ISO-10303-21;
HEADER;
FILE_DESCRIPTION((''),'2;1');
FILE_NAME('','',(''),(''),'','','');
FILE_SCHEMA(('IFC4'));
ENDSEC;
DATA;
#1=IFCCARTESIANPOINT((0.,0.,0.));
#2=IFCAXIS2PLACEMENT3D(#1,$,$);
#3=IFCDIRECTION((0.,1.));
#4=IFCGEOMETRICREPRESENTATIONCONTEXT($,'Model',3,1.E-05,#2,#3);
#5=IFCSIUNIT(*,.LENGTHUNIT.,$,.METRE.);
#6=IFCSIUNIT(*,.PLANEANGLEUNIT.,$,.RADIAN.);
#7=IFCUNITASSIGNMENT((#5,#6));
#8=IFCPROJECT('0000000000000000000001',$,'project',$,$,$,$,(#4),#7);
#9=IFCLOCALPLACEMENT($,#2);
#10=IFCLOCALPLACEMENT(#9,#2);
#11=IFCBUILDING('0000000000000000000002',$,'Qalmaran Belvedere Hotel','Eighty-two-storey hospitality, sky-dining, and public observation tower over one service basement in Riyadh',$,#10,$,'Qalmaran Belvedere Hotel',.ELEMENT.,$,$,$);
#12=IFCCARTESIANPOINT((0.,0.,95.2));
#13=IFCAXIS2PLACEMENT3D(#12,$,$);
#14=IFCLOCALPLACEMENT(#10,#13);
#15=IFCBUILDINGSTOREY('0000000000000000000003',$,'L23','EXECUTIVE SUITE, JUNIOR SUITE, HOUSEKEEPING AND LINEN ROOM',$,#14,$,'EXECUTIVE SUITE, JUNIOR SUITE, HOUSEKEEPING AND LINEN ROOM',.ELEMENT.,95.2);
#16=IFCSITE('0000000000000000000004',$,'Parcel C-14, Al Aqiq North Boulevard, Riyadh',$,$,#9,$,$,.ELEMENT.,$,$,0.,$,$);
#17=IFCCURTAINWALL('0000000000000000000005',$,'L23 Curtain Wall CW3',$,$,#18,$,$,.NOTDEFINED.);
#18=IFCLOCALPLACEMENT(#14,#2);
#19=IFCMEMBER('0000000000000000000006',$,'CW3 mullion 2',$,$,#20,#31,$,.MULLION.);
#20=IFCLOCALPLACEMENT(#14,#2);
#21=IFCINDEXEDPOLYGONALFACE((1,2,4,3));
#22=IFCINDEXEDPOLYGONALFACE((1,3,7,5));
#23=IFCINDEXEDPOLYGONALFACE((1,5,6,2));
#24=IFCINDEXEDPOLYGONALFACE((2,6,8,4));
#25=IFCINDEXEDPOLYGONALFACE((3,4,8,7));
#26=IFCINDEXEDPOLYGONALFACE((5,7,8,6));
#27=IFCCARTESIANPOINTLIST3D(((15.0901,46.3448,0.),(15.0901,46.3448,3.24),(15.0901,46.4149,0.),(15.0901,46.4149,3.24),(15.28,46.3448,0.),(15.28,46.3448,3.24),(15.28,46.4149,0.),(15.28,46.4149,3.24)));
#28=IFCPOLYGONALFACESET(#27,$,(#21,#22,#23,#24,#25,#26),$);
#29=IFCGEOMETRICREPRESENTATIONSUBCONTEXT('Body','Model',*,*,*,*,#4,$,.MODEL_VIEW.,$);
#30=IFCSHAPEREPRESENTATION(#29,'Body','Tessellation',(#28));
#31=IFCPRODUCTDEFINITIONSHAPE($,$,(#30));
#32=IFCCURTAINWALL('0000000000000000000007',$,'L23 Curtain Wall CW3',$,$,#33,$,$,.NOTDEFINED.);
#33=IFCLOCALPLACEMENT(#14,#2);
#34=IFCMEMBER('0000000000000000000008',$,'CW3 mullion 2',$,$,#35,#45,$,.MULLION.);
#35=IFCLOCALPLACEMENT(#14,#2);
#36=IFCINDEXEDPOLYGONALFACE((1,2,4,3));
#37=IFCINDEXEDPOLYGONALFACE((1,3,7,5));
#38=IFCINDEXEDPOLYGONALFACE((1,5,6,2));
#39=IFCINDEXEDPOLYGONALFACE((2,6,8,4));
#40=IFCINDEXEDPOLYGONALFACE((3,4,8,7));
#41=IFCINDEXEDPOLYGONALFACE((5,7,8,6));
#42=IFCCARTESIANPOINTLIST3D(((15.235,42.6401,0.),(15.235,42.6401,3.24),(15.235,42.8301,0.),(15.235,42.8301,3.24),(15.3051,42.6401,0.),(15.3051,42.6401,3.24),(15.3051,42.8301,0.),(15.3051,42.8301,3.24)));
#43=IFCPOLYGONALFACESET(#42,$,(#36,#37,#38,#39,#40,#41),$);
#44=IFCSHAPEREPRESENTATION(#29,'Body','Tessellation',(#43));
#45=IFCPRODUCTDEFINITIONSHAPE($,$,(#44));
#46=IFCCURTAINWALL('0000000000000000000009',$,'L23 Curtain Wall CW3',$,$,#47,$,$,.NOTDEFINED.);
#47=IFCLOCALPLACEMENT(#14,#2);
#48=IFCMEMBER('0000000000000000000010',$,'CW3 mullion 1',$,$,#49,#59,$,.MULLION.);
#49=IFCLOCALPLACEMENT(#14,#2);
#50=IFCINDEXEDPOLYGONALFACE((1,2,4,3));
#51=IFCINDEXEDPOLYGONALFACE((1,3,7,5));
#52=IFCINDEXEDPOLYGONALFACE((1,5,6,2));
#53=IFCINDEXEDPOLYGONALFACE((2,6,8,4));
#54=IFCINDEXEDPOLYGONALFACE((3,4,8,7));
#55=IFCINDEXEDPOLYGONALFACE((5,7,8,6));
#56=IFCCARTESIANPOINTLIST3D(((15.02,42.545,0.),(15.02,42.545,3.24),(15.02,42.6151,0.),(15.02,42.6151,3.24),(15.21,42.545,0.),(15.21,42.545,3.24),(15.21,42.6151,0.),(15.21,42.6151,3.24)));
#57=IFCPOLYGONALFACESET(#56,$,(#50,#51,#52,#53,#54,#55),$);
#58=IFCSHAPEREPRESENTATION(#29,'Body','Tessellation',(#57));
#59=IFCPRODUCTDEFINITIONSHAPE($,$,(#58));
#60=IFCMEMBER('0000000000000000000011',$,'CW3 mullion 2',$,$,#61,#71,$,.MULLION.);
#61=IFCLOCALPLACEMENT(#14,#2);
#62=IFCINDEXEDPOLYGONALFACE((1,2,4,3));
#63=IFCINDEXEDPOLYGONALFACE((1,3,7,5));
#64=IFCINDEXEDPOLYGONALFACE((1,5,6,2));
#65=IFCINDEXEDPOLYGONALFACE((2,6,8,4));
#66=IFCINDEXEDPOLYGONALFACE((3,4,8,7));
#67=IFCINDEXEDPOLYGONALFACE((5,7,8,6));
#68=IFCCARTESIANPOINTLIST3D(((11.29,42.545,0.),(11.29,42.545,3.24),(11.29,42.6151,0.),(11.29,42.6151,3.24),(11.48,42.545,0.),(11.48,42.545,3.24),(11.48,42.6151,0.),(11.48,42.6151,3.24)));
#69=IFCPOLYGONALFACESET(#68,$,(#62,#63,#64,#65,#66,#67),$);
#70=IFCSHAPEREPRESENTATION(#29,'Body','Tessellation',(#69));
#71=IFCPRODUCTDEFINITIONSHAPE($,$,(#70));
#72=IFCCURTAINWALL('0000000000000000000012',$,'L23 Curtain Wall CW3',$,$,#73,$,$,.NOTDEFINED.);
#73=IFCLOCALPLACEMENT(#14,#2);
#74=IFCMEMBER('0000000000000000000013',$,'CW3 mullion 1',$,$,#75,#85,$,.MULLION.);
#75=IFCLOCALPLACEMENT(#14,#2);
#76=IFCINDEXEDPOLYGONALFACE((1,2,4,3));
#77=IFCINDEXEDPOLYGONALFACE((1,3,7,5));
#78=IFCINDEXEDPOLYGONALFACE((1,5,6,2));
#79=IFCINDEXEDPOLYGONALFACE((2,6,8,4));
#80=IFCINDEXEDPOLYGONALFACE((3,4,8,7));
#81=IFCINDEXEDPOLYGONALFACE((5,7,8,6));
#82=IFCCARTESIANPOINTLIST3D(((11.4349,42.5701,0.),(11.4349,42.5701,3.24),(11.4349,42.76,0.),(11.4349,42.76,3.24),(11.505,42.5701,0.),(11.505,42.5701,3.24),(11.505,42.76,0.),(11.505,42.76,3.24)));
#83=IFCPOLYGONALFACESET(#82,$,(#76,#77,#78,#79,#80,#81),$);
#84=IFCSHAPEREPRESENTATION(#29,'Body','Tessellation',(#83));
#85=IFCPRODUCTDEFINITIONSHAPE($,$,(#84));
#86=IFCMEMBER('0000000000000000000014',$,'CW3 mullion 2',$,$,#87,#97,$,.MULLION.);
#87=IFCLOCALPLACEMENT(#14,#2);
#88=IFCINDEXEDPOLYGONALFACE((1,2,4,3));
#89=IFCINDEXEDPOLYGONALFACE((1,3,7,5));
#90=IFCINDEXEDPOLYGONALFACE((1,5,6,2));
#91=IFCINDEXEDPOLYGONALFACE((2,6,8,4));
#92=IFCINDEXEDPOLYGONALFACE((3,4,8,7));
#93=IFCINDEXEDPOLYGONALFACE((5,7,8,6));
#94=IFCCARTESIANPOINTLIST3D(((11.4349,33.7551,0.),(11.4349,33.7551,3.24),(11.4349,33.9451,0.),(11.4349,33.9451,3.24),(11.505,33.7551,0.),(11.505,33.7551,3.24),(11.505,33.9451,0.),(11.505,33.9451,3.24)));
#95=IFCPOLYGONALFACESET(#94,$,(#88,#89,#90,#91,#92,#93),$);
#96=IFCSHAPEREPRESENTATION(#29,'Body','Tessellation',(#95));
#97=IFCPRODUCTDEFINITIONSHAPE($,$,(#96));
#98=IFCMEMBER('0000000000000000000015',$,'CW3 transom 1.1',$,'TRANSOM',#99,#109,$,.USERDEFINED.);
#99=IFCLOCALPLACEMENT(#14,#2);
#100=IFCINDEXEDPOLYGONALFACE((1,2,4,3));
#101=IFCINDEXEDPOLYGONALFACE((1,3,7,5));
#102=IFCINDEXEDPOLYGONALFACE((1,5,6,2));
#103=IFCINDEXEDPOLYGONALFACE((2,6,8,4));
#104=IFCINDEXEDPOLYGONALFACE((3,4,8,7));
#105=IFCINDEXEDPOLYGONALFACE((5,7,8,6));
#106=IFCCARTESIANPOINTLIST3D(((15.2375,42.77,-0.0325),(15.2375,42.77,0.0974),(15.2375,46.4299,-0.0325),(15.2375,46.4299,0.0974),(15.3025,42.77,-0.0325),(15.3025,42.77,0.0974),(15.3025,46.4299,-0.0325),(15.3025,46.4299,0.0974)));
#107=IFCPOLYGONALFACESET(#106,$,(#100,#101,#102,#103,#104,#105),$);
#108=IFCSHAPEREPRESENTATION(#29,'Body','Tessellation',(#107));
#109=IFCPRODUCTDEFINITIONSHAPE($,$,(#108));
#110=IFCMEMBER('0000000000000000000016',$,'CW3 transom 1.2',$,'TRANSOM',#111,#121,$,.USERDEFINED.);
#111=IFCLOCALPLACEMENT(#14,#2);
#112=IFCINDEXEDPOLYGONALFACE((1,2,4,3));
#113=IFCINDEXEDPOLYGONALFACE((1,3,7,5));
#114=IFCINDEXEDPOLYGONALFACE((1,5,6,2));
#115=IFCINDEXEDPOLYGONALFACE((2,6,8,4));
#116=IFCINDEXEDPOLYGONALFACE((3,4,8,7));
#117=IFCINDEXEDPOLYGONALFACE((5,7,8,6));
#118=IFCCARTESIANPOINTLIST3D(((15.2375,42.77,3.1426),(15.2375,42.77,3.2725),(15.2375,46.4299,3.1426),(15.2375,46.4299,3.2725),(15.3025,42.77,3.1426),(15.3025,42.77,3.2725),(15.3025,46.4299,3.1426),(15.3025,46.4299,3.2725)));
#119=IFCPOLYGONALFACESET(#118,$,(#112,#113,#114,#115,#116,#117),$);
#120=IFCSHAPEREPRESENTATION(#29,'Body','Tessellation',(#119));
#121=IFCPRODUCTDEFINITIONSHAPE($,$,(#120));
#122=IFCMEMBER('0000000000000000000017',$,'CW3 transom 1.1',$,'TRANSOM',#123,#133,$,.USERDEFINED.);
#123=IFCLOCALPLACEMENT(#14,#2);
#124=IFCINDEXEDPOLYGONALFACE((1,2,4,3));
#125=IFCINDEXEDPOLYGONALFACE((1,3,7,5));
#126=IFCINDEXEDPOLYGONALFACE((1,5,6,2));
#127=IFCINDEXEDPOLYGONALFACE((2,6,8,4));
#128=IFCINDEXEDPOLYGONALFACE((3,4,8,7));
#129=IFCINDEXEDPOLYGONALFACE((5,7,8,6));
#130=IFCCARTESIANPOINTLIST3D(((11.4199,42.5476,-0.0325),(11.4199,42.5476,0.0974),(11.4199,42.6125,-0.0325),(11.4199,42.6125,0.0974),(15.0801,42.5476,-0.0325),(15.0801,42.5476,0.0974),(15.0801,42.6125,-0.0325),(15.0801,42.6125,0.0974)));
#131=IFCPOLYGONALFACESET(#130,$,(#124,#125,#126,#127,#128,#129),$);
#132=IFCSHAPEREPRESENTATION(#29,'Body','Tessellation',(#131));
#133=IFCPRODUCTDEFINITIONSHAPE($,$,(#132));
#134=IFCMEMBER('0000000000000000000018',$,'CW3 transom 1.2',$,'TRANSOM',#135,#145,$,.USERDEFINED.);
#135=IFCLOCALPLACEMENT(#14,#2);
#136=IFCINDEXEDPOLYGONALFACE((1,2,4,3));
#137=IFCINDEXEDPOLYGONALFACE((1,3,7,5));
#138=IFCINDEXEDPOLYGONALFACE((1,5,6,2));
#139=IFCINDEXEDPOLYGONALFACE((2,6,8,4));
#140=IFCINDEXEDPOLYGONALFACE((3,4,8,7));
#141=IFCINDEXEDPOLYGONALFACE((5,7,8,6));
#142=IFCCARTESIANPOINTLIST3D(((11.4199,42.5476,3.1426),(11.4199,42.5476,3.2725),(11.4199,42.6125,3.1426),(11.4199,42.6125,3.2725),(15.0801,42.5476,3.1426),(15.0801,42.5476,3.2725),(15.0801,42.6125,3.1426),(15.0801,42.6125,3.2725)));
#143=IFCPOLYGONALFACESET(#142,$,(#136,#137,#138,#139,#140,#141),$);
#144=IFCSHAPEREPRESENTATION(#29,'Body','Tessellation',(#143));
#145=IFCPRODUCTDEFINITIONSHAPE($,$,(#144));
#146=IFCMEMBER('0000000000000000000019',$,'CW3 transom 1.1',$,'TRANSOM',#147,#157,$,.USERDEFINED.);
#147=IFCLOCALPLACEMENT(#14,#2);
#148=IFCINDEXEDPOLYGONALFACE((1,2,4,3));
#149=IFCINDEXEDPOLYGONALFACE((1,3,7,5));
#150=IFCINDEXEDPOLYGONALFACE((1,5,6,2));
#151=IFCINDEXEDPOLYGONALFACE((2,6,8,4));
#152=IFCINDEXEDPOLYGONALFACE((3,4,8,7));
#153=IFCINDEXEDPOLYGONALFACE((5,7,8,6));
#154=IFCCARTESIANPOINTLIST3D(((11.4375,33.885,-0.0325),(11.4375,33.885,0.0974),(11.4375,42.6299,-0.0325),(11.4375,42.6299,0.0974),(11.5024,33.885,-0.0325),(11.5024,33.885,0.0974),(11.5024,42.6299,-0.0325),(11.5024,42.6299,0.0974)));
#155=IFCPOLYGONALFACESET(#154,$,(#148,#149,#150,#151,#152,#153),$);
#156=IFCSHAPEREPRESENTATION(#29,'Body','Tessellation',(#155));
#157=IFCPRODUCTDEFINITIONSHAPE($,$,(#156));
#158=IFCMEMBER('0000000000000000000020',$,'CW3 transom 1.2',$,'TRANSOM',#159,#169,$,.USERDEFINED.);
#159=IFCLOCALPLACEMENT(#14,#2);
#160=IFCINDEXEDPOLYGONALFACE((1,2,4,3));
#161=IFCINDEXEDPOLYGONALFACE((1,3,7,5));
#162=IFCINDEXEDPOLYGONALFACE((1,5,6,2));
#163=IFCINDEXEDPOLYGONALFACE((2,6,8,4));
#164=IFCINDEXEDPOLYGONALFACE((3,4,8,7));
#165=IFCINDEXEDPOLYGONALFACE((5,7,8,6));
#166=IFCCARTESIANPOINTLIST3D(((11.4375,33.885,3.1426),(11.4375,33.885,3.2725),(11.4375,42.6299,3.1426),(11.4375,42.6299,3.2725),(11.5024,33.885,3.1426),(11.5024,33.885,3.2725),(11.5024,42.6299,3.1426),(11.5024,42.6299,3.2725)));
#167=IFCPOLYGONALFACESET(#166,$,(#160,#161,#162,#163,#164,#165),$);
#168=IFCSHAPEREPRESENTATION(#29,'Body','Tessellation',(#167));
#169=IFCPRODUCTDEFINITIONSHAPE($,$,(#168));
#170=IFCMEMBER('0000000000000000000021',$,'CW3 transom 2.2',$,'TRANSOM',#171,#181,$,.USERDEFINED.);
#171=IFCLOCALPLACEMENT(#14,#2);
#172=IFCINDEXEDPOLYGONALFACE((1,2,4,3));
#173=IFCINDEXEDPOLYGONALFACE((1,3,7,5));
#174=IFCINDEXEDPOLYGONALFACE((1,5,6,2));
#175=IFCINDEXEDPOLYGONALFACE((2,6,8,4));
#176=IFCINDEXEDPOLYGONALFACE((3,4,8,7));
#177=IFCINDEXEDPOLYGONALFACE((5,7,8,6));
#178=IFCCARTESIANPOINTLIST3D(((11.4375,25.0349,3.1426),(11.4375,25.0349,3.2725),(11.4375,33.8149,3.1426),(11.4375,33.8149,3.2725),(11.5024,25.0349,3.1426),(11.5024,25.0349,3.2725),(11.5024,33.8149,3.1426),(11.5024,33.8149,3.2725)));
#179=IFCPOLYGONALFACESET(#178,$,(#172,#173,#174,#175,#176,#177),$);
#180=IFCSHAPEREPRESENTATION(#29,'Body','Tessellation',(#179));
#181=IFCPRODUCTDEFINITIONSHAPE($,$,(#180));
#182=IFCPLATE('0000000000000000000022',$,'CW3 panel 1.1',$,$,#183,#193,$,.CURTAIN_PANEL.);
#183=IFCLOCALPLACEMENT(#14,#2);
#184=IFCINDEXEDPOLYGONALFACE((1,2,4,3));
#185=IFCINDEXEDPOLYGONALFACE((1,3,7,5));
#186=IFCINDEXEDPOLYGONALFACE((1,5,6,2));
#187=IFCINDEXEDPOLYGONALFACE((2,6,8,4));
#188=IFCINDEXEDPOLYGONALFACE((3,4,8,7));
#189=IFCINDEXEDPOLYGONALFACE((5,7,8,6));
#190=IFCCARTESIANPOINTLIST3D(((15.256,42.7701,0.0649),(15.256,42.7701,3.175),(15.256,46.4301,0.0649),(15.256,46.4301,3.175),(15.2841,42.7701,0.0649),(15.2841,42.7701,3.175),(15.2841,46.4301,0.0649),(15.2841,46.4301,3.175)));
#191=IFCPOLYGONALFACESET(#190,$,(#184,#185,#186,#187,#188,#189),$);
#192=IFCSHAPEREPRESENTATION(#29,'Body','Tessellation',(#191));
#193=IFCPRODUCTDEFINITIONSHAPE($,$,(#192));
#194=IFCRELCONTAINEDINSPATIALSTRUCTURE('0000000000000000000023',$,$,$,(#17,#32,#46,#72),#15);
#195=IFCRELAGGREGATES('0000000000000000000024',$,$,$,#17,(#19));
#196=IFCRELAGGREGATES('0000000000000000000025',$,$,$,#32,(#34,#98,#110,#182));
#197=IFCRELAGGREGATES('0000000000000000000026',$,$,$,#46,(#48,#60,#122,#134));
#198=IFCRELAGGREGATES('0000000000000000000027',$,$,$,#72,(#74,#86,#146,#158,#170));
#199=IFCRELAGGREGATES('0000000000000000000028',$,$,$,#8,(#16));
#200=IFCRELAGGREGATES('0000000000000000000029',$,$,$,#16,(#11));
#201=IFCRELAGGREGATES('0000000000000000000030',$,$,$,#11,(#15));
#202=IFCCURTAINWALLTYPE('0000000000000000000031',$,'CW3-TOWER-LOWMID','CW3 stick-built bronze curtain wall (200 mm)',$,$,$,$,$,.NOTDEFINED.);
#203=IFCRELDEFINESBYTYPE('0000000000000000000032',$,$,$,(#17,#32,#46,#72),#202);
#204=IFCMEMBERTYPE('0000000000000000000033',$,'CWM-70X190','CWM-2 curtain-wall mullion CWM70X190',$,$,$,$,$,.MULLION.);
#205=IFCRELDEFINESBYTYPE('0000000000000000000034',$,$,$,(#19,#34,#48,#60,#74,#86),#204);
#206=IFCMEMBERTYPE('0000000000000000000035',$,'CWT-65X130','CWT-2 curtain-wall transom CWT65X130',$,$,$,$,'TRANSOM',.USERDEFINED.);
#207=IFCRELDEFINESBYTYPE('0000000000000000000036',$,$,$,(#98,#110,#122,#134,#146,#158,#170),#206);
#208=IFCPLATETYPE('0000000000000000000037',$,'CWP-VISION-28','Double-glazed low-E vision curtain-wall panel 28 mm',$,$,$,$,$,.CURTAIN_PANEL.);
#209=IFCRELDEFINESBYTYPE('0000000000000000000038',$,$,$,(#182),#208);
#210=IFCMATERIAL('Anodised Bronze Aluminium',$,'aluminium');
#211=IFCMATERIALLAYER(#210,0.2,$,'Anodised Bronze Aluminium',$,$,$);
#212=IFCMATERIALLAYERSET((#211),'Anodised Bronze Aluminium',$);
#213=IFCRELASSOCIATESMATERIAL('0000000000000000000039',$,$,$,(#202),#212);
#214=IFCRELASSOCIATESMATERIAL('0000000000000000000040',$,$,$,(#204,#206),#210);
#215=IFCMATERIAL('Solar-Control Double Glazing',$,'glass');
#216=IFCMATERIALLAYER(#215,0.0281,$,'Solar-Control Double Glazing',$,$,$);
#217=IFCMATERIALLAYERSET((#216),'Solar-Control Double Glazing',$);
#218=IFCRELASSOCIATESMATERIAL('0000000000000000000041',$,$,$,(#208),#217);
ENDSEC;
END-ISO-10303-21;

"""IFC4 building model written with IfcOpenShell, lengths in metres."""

from ifc_helpers import new_model, si_unit, direction, frame, origin, origin_2d, place, context, subcontext, project, spatial, rectangle, extrude, material, layer, layer_set, material_profile, profile_set, type_object, element, aggregate, save


model = new_model("IFC4")

# Units and contexts
model_context = context("Model", 3, precision=1e-05, world=origin(), true_north=direction((0.0, 1.0)))
body_context = subcontext(model_context, "Body", "Model", "MODEL_VIEW")
ifc_project = project(units=[si_unit("LENGTHUNIT", "METRE"), si_unit("PLANEANGLEUNIT", "RADIAN")], contexts=[model_context])

# Site, building, storey
site_placement = place(None, origin())
site = spatial("IfcSite", under=ifc_project, at=site_placement, Name="Parcel C-14, Al Aqiq North Boulevard, Riyadh", CompositionType="ELEMENT", RefElevation=0.0)
building_placement = place(site_placement, origin())
building = spatial("IfcBuilding", under=site, at=building_placement, Name="Qalmaran Belvedere Hotel", Description="Eighty-two-storey hospitality, sky-dining, and public observation tower over one service basement in Riyadh", LongName="Qalmaran Belvedere Hotel", CompositionType="ELEMENT")
storey_placement = place(building_placement, frame((0.0, 0.0, 95.2)))
storey = spatial("IfcBuildingStorey", under=building, at=storey_placement, Name="L23", Description="EXECUTIVE SUITE, JUNIOR SUITE, HOUSEKEEPING AND LINEN ROOM", LongName="EXECUTIVE SUITE, JUNIOR SUITE, HOUSEKEEPING AND LINEN ROOM", CompositionType="ELEMENT", Elevation=95.2)

# Curtain walls, members
ifc_material_1 = material(Name="Anodised Bronze Aluminium", Category="aluminium")
ifc_layer_1 = layer(ifc_material_1, 0.2, Name="Anodised Bronze Aluminium")
ifc_layer_set_1 = layer_set([ifc_layer_1], Name="Anodised Bronze Aluminium")
curtain_wall_type = type_object("IfcCurtainWallType", Name="CW3-TOWER-LOWMID", Description="CW3 stick-built bronze curtain wall (200 mm)", PredefinedType="NOTDEFINED", material=ifc_layer_set_1)
curtain_wall_1_placement = place(storey_placement, origin())
curtain_wall_1 = element("IfcCurtainWall", 1, at=curtain_wall_1_placement, inside=storey, type_object=curtain_wall_type, Name="L23 Curtain Wall CW3", PredefinedType="NOTDEFINED")
ifc_material_profile_1 = material_profile(ifc_material_1, rectangle(XDim=0.0701, YDim=0.1899, at=origin_2d()), Name="CWM70X190")
ifc_profile_set_1 = profile_set([ifc_material_profile_1], Name="Anodised Bronze Aluminium")
member_type_1 = type_object("IfcMemberType", Name="CWM-70X190", Description="CWM-2 curtain-wall mullion CWM70X190", PredefinedType="MULLION", material=ifc_profile_set_1)
member_1_placement = place(storey_placement, frame((15.1851, 46.3799, 0.0), z_axis=(0.0, 0.0, 1.0), x_axis=(0.0, -1.0, 0.0)))
member_1 = element("IfcMember", 2, at=member_1_placement, type_object=member_type_1, Name="CW3 mullion 2", PredefinedType="MULLION", context=body_context, shape_type="SweptSolid", body=[
    extrude(rectangle(XDim=0.0701, YDim=0.1899, at=origin_2d()), origin(), (0.0, 0.0, 1.0), 3.24),
])
aggregate(curtain_wall_1, [member_1])
curtain_wall_2_placement = place(storey_placement, origin())
curtain_wall_2 = element("IfcCurtainWall", 3, at=curtain_wall_2_placement, inside=storey, type_object=curtain_wall_type, Name="L23 Curtain Wall CW3", PredefinedType="NOTDEFINED")
member_2_placement = place(storey_placement, frame((15.27, 42.7351, 0.0), z_axis=(0.0, 0.0, 1.0), x_axis=(1.0, 0.0, 0.0)))
member_2 = element("IfcMember", 4, at=member_2_placement, type_object=member_type_1, Name="CW3 mullion 2", PredefinedType="MULLION", context=body_context, shape_type="SweptSolid", body=[
    extrude(rectangle(XDim=0.0701, YDim=0.1899, at=origin_2d()), origin(), (0.0, 0.0, 1.0), 3.24),
])

# Curtain walls, members
curtain_wall_3_placement = place(storey_placement, origin())
curtain_wall_3 = element("IfcCurtainWall", 5, at=curtain_wall_3_placement, inside=storey, type_object=curtain_wall_type, Name="L23 Curtain Wall CW3", PredefinedType="NOTDEFINED")
member_3_placement = place(storey_placement, frame((15.115, 42.5801, 0.0), z_axis=(0.0, 0.0, 1.0), x_axis=(0.0, -1.0, 0.0)))
member_3 = element("IfcMember", 6, at=member_3_placement, type_object=member_type_1, Name="CW3 mullion 1", PredefinedType="MULLION", context=body_context, shape_type="SweptSolid", body=[
    extrude(rectangle(XDim=0.0701, YDim=0.1899, at=origin_2d()), origin(), (0.0, 0.0, 1.0), 3.24),
])
member_4_placement = place(storey_placement, frame((11.385, 42.5801, 0.0), z_axis=(0.0, 0.0, 1.0), x_axis=(0.0, -1.0, 0.0)))
member_4 = element("IfcMember", 7, at=member_4_placement, type_object=member_type_1, Name="CW3 mullion 2", PredefinedType="MULLION", context=body_context, shape_type="SweptSolid", body=[
    extrude(rectangle(XDim=0.0701, YDim=0.1899, at=origin_2d()), origin(), (0.0, 0.0, 1.0), 3.24),
])
curtain_wall_4_placement = place(storey_placement, origin())
curtain_wall_4 = element("IfcCurtainWall", 8, at=curtain_wall_4_placement, inside=storey, type_object=curtain_wall_type, Name="L23 Curtain Wall CW3", PredefinedType="NOTDEFINED")
member_5_placement = place(storey_placement, frame((11.47, 42.665, 0.0), z_axis=(0.0, 0.0, 1.0), x_axis=(1.0, 0.0, 0.0)))
member_5 = element("IfcMember", 9, at=member_5_placement, type_object=member_type_1, Name="CW3 mullion 1", PredefinedType="MULLION", context=body_context, shape_type="SweptSolid", body=[
    extrude(rectangle(XDim=0.0701, YDim=0.1899, at=origin_2d()), origin(), (0.0, 0.0, 1.0), 3.24),
])
member_6_placement = place(storey_placement, frame((11.47, 33.8501, 0.0), z_axis=(0.0, 0.0, 1.0), x_axis=(1.0, 0.0, 0.0)))
member_6 = element("IfcMember", 10, at=member_6_placement, type_object=member_type_1, Name="CW3 mullion 2", PredefinedType="MULLION", context=body_context, shape_type="SweptSolid", body=[
    extrude(rectangle(XDim=0.0701, YDim=0.1899, at=origin_2d()), origin(), (0.0, 0.0, 1.0), 3.24),
])

# Members
ifc_material_profile_2 = material_profile(ifc_material_1, rectangle(XDim=0.0649, YDim=0.1299, at=origin_2d()), Name="CWT65X130")
ifc_profile_set_2 = profile_set([ifc_material_profile_2], Name="Anodised Bronze Aluminium")
member_type_2 = type_object("IfcMemberType", Name="CWT-65X130", Description="CWT-2 curtain-wall transom CWT65X130", ElementType="TRANSOM", PredefinedType="USERDEFINED", material=ifc_profile_set_2)
member_7_placement = place(storey_placement, frame((15.27, 46.4299, 0.0325), z_axis=(0.0, -1.0, 0.0), x_axis=(1.0, 0.0, 0.0)))
member_7 = element("IfcMember", 11, at=member_7_placement, type_object=member_type_2, Name="CW3 transom 1.1", ObjectType="TRANSOM", PredefinedType="USERDEFINED", context=body_context, shape_type="SweptSolid", body=[
    extrude(rectangle(XDim=0.0649, YDim=0.1299, at=origin_2d()), origin(), (0.0, 0.0, 1.0), 3.6599),
])
member_8_placement = place(storey_placement, frame((15.27, 46.4299, 3.2075), z_axis=(0.0, -1.0, 0.0), x_axis=(1.0, 0.0, 0.0)))
member_8 = element("IfcMember", 12, at=member_8_placement, type_object=member_type_2, Name="CW3 transom 1.2", ObjectType="TRANSOM", PredefinedType="USERDEFINED", context=body_context, shape_type="SweptSolid", body=[
    extrude(rectangle(XDim=0.0649, YDim=0.1299, at=origin_2d()), origin(), (0.0, 0.0, 1.0), 3.6599),
])
member_9_placement = place(storey_placement, frame((15.0801, 42.5801, 0.0325), z_axis=(-1.0, 0.0, 0.0), x_axis=(0.0, -1.0, 0.0)))
member_9 = element("IfcMember", 13, at=member_9_placement, type_object=member_type_2, Name="CW3 transom 1.1", ObjectType="TRANSOM", PredefinedType="USERDEFINED", context=body_context, shape_type="SweptSolid", body=[
    extrude(rectangle(XDim=0.0649, YDim=0.1299, at=origin_2d()), origin(), (0.0, 0.0, 1.0), 3.6602),
])
member_10_placement = place(storey_placement, frame((15.0801, 42.5801, 3.2075), z_axis=(-1.0, 0.0, 0.0), x_axis=(0.0, -1.0, 0.0)))
member_10 = element("IfcMember", 14, at=member_10_placement, type_object=member_type_2, Name="CW3 transom 1.2", ObjectType="TRANSOM", PredefinedType="USERDEFINED", context=body_context, shape_type="SweptSolid", body=[
    extrude(rectangle(XDim=0.0649, YDim=0.1299, at=origin_2d()), origin(), (0.0, 0.0, 1.0), 3.6602),
])
member_11_placement = place(storey_placement, frame((11.47, 42.6299, 0.0325), z_axis=(0.0, -1.0, 0.0), x_axis=(1.0, 0.0, 0.0)))
member_11 = element("IfcMember", 15, at=member_11_placement, type_object=member_type_2, Name="CW3 transom 1.1", ObjectType="TRANSOM", PredefinedType="USERDEFINED", context=body_context, shape_type="SweptSolid", body=[
    extrude(rectangle(XDim=0.0649, YDim=0.1299, at=origin_2d()), origin(), (0.0, 0.0, 1.0), 8.7449),
])
member_12_placement = place(storey_placement, frame((11.47, 42.6299, 3.2075), z_axis=(0.0, -1.0, 0.0), x_axis=(1.0, 0.0, 0.0)))
member_12 = element("IfcMember", 16, at=member_12_placement, type_object=member_type_2, Name="CW3 transom 1.2", ObjectType="TRANSOM", PredefinedType="USERDEFINED", context=body_context, shape_type="SweptSolid", body=[
    extrude(rectangle(XDim=0.0649, YDim=0.1299, at=origin_2d()), origin(), (0.0, 0.0, 1.0), 8.7449),
])
member_13_placement = place(storey_placement, frame((11.47, 33.8149, 3.2075), z_axis=(0.0, -1.0, 0.0), x_axis=(1.0, 0.0, 0.0)))
member_13 = element("IfcMember", 17, at=member_13_placement, type_object=member_type_2, Name="CW3 transom 2.2", ObjectType="TRANSOM", PredefinedType="USERDEFINED", context=body_context, shape_type="SweptSolid", body=[
    extrude(rectangle(XDim=0.0649, YDim=0.1299, at=origin_2d()), origin(), (0.0, 0.0, 1.0), 8.78),
])

# Plate
ifc_material_2 = material(Name="Solar-Control Double Glazing", Category="glass")
ifc_layer_2 = layer(ifc_material_2, 0.0281, Name="Solar-Control Double Glazing")
ifc_layer_set_2 = layer_set([ifc_layer_2], Name="Solar-Control Double Glazing")
plate_type = type_object("IfcPlateType", Name="CWP-VISION-28", Description="Double-glazed low-E vision curtain-wall panel 28 mm", PredefinedType="CURTAIN_PANEL", material=ifc_layer_set_2)
plate_1_placement = place(storey_placement, frame((15.27, 44.6001, 0.0649), z_axis=(0.0, 0.0, 1.0), x_axis=(0.0, -1.0, 0.0)))
plate_1 = element("IfcPlate", 18, at=plate_1_placement, type_object=plate_type, Name="CW3 panel 1.1", PredefinedType="CURTAIN_PANEL", context=body_context, shape_type="SweptSolid", body=[
    extrude(rectangle(XDim=3.6599, YDim=0.0281, at=origin_2d()), origin(), (0.0, 0.0, 1.0), 3.1101),
])
aggregate(curtain_wall_2, [member_2, member_7, member_8, plate_1])
aggregate(curtain_wall_3, [member_3, member_4, member_9, member_10])
aggregate(curtain_wall_4, [member_5, member_6, member_11, member_12, member_13])

save(model, "model.ifc")
